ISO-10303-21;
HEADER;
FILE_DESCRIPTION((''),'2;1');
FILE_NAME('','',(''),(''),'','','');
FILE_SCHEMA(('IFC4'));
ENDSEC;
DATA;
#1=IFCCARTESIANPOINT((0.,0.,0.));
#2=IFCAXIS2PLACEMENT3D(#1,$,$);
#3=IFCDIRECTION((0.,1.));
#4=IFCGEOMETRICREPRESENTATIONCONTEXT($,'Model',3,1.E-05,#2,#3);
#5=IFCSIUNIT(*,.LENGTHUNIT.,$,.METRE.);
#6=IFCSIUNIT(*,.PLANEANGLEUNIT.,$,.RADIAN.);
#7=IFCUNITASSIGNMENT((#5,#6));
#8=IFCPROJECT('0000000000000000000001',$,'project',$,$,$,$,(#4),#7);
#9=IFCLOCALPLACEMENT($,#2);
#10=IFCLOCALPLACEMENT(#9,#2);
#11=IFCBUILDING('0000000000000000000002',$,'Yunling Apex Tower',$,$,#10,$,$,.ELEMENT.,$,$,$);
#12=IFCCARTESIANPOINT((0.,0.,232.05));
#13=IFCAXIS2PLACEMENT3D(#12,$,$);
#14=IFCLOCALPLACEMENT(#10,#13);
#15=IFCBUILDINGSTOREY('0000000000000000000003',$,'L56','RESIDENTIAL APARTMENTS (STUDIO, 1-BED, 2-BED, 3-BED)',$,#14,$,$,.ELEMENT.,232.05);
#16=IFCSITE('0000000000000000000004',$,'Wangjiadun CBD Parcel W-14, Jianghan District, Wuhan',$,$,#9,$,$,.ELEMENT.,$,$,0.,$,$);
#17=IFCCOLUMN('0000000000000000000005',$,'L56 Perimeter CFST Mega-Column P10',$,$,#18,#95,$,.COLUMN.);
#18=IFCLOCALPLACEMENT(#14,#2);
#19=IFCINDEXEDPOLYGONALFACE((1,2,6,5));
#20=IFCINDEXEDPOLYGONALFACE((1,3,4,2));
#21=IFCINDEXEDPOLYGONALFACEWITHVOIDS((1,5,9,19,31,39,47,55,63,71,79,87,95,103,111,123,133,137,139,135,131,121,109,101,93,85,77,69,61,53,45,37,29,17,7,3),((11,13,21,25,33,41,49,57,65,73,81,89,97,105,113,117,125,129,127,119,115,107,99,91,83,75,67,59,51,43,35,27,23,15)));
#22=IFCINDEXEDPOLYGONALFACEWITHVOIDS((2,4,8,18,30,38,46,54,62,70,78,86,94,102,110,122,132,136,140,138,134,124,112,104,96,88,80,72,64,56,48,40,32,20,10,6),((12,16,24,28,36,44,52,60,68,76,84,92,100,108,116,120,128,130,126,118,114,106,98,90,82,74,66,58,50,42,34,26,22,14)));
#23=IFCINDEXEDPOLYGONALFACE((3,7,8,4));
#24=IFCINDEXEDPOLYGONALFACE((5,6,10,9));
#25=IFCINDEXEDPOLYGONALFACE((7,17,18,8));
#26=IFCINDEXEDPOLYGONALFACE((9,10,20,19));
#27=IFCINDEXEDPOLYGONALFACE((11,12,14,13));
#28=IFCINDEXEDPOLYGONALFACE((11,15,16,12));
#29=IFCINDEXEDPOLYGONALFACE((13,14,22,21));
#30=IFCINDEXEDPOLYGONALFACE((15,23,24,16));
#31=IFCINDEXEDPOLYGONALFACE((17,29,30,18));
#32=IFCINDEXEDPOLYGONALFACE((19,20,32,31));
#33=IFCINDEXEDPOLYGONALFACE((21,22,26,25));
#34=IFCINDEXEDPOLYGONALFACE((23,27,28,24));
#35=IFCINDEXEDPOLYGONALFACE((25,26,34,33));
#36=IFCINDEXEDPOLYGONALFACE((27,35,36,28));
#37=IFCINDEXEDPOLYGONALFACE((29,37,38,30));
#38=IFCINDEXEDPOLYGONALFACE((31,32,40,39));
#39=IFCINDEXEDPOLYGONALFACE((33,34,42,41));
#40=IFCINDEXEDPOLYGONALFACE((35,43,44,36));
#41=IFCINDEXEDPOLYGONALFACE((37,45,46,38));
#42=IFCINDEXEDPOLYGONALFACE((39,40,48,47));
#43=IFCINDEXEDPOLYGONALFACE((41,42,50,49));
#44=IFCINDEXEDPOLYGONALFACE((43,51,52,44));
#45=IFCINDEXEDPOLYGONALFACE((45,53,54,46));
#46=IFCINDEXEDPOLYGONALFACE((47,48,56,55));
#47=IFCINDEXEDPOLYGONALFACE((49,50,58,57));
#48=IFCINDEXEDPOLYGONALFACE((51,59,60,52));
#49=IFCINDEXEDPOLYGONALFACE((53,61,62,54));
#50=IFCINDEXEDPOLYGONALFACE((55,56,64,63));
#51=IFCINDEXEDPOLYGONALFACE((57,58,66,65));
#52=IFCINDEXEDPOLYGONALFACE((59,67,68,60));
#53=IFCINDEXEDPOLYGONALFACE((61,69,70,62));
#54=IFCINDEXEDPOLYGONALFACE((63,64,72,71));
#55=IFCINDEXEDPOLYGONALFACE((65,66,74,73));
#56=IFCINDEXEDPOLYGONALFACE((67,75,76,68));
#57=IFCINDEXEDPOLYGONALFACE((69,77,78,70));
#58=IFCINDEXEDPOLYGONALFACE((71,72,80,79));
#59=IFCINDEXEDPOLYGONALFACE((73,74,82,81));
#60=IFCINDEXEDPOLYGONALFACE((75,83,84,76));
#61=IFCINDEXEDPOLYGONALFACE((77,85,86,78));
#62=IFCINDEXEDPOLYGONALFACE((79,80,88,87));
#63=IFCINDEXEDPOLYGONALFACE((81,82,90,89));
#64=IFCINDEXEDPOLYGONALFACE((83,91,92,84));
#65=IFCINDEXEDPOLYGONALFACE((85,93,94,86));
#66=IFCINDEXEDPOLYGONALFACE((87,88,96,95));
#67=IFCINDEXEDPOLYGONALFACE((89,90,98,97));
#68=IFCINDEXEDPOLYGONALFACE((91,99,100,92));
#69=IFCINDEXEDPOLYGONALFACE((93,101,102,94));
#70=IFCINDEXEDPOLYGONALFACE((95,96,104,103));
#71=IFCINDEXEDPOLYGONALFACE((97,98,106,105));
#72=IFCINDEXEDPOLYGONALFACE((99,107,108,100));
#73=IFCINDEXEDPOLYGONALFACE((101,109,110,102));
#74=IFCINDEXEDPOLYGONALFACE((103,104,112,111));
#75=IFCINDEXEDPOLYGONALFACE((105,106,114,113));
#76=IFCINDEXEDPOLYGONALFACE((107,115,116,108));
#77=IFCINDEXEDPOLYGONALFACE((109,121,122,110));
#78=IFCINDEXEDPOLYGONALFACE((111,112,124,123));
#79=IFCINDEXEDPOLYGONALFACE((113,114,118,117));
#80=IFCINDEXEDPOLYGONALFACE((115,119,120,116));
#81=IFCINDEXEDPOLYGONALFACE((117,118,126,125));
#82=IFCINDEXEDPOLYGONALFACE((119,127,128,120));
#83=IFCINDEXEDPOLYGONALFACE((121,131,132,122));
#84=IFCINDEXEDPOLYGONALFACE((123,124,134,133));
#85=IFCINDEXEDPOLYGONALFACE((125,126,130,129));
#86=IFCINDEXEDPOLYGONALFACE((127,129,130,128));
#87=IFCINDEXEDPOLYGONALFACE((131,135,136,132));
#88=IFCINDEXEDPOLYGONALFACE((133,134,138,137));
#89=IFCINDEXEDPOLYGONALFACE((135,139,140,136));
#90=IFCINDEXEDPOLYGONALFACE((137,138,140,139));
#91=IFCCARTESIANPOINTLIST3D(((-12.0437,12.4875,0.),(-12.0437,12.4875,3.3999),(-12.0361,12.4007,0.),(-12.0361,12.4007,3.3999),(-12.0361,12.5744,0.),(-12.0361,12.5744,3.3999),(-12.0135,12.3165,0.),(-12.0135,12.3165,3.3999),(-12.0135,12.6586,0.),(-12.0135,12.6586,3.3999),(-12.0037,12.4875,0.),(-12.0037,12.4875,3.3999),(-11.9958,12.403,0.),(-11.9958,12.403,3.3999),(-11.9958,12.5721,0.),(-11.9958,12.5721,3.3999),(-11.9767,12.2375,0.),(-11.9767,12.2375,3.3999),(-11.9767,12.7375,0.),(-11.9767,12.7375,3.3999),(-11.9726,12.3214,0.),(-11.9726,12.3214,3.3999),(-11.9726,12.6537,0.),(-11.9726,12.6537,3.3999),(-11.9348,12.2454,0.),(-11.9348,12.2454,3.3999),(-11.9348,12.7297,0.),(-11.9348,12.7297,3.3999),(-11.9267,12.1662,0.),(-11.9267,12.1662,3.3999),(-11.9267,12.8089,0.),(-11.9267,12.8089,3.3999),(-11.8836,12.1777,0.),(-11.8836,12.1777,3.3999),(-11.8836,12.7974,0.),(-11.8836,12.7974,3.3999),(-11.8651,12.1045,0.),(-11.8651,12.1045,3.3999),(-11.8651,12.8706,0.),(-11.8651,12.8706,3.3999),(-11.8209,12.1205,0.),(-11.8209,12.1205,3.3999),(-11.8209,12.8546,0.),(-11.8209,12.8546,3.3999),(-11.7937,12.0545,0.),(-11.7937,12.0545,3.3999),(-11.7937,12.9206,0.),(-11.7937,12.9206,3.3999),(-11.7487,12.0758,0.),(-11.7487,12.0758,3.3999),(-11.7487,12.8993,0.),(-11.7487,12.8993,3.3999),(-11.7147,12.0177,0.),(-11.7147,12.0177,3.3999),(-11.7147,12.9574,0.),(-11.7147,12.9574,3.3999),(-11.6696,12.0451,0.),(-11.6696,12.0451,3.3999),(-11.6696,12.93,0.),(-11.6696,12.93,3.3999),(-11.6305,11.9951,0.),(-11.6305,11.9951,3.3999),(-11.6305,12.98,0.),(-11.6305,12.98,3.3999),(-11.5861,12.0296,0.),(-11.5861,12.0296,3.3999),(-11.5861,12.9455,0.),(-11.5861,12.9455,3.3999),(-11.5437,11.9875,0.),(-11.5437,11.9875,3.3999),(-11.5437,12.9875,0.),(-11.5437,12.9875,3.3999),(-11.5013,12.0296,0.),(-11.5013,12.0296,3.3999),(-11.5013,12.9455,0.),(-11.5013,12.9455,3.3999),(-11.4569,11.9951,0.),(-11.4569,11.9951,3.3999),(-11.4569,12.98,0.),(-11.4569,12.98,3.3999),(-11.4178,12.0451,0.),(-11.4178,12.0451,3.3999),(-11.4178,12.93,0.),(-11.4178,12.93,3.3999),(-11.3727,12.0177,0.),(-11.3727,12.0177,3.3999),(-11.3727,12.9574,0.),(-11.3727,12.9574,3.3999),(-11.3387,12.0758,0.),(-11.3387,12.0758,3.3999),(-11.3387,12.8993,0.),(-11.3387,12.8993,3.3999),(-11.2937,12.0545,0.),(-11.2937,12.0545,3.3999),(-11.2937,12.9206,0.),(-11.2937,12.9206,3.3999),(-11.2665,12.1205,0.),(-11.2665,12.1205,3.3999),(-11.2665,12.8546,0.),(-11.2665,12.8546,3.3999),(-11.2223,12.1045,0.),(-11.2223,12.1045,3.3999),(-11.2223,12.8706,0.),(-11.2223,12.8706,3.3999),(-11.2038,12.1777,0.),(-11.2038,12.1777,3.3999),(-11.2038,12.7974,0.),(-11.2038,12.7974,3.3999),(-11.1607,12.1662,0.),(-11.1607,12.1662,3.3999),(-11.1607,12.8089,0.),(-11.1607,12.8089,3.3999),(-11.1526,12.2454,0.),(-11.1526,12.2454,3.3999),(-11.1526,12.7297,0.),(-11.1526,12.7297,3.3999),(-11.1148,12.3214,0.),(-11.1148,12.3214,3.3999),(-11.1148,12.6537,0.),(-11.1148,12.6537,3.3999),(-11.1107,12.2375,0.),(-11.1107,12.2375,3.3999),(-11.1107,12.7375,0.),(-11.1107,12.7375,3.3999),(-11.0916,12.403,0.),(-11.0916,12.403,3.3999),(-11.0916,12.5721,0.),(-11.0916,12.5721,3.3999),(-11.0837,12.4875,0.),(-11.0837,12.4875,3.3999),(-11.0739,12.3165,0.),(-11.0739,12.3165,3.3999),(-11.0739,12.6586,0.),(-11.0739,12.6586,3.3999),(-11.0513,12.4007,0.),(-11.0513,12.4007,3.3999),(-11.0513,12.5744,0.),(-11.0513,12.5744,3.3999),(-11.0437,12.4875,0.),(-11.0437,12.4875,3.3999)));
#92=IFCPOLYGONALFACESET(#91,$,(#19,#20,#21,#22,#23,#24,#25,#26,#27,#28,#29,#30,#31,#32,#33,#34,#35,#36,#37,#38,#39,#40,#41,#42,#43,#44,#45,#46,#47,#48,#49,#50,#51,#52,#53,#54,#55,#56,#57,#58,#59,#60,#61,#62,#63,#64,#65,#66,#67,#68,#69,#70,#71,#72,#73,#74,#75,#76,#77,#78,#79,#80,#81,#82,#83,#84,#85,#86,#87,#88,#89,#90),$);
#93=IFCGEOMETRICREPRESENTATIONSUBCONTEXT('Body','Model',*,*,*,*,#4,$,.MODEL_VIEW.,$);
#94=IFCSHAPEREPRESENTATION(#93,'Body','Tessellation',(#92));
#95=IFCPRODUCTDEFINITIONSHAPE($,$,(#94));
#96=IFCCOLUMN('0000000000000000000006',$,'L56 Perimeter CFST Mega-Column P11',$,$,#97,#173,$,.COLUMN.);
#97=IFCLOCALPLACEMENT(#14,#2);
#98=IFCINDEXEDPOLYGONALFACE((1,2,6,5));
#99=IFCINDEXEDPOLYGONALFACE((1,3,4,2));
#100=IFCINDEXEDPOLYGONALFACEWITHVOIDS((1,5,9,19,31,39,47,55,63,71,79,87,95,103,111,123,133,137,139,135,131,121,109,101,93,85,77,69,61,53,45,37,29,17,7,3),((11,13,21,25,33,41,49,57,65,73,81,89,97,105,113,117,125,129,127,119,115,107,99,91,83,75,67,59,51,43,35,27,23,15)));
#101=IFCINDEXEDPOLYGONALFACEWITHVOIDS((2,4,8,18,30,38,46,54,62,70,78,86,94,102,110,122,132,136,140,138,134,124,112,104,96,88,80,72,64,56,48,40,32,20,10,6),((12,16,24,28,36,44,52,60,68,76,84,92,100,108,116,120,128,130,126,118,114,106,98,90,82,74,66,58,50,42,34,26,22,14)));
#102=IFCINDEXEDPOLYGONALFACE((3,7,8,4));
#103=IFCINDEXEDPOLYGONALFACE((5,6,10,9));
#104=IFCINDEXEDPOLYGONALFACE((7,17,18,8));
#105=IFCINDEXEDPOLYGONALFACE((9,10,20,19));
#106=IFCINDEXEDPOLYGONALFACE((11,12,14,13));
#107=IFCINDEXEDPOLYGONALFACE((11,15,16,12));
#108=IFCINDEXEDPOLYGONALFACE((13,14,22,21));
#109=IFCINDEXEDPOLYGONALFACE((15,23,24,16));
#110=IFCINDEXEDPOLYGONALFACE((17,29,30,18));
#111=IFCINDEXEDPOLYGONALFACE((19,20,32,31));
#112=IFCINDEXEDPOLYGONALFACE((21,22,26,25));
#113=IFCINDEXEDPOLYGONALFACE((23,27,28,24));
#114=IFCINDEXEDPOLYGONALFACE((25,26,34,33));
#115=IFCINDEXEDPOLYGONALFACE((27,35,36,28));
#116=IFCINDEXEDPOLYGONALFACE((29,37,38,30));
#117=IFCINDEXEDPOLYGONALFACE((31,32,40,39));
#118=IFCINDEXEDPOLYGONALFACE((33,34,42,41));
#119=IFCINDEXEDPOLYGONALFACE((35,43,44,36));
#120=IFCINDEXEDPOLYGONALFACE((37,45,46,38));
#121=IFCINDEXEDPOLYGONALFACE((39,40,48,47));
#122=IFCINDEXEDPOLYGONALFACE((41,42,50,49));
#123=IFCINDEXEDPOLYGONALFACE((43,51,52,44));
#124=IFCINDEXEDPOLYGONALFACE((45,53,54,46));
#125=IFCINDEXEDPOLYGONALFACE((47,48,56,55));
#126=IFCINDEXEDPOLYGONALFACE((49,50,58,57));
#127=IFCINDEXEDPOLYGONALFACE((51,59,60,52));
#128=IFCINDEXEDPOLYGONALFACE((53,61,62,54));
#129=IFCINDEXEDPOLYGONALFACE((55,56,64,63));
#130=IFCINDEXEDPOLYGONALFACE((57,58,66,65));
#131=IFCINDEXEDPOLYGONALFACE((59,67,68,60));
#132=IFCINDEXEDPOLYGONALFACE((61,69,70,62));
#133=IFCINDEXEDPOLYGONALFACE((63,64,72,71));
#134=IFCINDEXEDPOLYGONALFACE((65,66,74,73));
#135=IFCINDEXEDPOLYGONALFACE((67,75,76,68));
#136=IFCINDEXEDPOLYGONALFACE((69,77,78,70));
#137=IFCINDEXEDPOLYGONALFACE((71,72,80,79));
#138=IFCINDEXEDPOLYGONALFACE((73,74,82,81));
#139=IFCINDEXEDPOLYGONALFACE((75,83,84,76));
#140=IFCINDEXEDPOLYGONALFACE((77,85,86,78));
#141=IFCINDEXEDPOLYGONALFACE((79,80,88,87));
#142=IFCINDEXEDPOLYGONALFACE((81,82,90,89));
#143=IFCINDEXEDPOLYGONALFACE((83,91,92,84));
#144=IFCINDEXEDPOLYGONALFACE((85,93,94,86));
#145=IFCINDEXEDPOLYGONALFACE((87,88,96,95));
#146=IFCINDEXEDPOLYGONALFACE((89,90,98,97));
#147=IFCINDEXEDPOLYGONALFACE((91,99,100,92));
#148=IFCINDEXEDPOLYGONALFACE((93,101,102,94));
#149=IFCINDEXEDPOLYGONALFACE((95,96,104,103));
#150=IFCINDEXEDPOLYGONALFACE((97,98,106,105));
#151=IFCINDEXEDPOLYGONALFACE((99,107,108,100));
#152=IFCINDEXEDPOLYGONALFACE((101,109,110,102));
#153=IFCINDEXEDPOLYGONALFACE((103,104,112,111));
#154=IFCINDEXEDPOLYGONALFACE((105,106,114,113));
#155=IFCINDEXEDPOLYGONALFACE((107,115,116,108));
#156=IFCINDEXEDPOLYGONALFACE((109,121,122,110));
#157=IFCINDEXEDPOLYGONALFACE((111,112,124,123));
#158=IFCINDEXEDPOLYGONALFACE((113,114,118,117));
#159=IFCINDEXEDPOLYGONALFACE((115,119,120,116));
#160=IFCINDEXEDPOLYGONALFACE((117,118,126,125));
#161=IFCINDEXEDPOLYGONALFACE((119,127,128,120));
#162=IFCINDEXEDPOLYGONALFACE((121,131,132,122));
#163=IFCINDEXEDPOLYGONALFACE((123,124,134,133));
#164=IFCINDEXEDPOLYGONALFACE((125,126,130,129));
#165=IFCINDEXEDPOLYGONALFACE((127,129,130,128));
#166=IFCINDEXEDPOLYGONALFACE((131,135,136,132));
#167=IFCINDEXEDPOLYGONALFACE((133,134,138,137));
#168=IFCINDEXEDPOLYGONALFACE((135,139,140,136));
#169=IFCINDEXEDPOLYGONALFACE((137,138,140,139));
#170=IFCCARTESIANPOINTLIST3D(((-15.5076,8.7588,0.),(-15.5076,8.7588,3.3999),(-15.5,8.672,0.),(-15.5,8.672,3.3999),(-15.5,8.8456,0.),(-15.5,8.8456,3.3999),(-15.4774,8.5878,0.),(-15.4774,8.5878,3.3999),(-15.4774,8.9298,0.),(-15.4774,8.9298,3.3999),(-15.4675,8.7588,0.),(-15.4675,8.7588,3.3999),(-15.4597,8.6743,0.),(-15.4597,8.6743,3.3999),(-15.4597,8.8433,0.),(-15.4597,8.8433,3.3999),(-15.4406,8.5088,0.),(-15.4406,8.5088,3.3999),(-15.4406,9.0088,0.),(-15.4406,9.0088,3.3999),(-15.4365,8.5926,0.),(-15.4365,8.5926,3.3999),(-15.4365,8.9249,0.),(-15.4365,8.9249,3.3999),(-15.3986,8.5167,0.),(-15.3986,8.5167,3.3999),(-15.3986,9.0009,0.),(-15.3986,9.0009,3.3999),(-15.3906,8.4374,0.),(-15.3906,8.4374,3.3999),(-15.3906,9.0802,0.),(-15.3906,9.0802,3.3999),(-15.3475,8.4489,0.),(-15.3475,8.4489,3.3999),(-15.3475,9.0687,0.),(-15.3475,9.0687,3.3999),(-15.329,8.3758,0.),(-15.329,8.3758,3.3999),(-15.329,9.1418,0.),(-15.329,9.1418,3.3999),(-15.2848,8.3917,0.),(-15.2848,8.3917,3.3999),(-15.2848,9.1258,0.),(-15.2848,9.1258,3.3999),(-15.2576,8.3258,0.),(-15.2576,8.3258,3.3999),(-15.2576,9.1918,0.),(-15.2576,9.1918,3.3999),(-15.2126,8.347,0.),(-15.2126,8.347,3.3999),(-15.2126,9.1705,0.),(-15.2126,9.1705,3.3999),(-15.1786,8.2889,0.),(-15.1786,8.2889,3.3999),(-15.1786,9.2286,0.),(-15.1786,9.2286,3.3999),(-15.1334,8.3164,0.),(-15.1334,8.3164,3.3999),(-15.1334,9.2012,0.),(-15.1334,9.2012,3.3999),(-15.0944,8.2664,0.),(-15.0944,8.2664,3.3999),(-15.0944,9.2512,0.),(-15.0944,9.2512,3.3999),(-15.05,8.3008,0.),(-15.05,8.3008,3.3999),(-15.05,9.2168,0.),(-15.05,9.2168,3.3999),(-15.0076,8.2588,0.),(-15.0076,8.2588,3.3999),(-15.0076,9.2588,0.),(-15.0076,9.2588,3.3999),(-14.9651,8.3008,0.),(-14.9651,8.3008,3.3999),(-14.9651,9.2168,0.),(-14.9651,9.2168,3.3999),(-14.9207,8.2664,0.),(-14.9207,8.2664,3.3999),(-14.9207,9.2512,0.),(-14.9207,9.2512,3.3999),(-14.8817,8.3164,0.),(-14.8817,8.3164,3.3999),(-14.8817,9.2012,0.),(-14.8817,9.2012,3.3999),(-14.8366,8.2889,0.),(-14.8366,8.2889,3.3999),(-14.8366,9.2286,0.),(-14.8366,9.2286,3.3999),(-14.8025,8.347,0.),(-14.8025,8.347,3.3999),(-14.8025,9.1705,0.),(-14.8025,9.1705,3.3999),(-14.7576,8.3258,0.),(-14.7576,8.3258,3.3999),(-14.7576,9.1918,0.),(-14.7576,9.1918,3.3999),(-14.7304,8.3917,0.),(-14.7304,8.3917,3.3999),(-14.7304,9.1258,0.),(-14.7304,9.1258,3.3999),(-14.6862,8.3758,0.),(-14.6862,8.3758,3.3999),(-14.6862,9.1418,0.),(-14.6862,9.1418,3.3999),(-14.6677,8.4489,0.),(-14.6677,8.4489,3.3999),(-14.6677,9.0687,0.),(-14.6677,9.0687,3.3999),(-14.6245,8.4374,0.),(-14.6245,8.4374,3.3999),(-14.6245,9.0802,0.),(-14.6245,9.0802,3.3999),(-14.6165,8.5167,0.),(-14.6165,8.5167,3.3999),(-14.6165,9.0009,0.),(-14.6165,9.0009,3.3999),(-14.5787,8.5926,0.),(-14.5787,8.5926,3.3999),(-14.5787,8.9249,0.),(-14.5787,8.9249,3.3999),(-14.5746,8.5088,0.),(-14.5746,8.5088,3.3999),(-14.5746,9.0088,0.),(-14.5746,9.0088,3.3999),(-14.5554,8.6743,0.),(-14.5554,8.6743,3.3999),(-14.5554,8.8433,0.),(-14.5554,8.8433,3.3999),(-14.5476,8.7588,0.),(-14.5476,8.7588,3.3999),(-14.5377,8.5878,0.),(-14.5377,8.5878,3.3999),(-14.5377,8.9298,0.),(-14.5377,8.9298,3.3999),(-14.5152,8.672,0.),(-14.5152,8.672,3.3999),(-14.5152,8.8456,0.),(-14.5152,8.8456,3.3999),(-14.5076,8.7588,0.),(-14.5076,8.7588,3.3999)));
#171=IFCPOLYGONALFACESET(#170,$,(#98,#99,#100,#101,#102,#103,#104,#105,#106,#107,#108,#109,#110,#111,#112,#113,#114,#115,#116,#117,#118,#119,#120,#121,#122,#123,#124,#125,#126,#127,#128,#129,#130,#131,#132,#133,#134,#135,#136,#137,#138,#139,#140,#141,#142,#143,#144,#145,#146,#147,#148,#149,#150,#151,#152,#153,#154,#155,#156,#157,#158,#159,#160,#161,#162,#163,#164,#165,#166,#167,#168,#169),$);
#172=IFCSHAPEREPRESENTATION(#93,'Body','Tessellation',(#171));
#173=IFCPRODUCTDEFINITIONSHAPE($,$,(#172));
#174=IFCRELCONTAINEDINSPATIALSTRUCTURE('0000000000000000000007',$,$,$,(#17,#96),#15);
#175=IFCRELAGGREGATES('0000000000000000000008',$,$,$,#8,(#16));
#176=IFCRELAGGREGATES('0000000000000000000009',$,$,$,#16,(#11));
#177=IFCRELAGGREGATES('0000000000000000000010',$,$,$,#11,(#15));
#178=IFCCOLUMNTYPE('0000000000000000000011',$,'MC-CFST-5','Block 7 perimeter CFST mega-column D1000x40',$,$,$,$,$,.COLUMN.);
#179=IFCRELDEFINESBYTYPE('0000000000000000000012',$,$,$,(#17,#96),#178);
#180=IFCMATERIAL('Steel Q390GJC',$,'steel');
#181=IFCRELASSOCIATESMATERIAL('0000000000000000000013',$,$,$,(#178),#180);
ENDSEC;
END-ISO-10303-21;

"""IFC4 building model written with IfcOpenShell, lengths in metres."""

from ifc_helpers import new_model, si_unit, direction, frame, origin, origin_2d, place, context, subcontext, project, spatial, hollow_circle, extrude, source, transform, mapped, material, material_profile, profile_set, type_object, element, save


model = new_model("IFC4")

# Units and contexts
model_context = context("Model", 3, precision=1e-05, world=origin(), true_north=direction((0.0, 1.0)))
body_context = subcontext(model_context, "Body", "Model", "MODEL_VIEW")
ifc_project = project(units=[si_unit("LENGTHUNIT", "METRE"), si_unit("PLANEANGLEUNIT", "RADIAN")], contexts=[model_context])

# Site, building, storey
site_placement = place(None, origin())
site = spatial("IfcSite", under=ifc_project, at=site_placement, Name="Wangjiadun CBD Parcel W-14, Jianghan District, Wuhan", CompositionType="ELEMENT", RefElevation=0.0)
building_placement = place(site_placement, origin())
building = spatial("IfcBuilding", under=site, at=building_placement, Name="Yunling Apex Tower", CompositionType="ELEMENT")
storey_placement = place(building_placement, frame((0.0, 0.0, 232.05)))
storey = spatial("IfcBuildingStorey", under=building, at=storey_placement, Name="L56", Description="RESIDENTIAL APARTMENTS (STUDIO, 1-BED, 2-BED, 3-BED)", CompositionType="ELEMENT", Elevation=232.05)

# Columns
ifc_material_1 = material(Name="Steel Q390GJC", Category="steel")
ifc_material_profile_1 = material_profile(ifc_material_1, hollow_circle(Radius=0.5, WallThickness=0.04, at=origin_2d()))
ifc_profile_set_1 = profile_set([ifc_material_profile_1], Name="Steel Q390GJC")
column_type = type_object("IfcColumnType", Name="MC-CFST-5", Description="Block 7 perimeter CFST mega-column D1000x40", PredefinedType="COLUMN", material=ifc_profile_set_1)
shared_shape_1 = source(origin(), body_context, "Body", "SweptSolid", [
    extrude(hollow_circle(Radius=0.5, WallThickness=0.04, at=origin_2d()), origin(), (0.0, 0.0, 1.0), 3.3999),
])
for number, where, z_axis, x_axis, name in (
    (1, (-11.5437, 12.4875, 0.0), (0.0, 0.0, 1.0), (1.0, 0.0, 0.0), "L56 Perimeter CFST Mega-Column P10"),
    (2, (-15.0076, 8.7588, 0.0), (0.0, 0.0, 1.0), (1.0, 0.0, 0.0), "L56 Perimeter CFST Mega-Column P11"),
):
    element("IfcColumn", number, at=place(storey_placement, frame(where, z_axis=z_axis, x_axis=x_axis)), inside=storey, type_object=column_type, Name=name, PredefinedType="COLUMN", context=body_context, shape_type="MappedRepresentation", body=[
        mapped(shared_shape_1, transform((0.0, 0.0, 0.0), scale=1.0)),
    ])

save(model, "model.ifc")
